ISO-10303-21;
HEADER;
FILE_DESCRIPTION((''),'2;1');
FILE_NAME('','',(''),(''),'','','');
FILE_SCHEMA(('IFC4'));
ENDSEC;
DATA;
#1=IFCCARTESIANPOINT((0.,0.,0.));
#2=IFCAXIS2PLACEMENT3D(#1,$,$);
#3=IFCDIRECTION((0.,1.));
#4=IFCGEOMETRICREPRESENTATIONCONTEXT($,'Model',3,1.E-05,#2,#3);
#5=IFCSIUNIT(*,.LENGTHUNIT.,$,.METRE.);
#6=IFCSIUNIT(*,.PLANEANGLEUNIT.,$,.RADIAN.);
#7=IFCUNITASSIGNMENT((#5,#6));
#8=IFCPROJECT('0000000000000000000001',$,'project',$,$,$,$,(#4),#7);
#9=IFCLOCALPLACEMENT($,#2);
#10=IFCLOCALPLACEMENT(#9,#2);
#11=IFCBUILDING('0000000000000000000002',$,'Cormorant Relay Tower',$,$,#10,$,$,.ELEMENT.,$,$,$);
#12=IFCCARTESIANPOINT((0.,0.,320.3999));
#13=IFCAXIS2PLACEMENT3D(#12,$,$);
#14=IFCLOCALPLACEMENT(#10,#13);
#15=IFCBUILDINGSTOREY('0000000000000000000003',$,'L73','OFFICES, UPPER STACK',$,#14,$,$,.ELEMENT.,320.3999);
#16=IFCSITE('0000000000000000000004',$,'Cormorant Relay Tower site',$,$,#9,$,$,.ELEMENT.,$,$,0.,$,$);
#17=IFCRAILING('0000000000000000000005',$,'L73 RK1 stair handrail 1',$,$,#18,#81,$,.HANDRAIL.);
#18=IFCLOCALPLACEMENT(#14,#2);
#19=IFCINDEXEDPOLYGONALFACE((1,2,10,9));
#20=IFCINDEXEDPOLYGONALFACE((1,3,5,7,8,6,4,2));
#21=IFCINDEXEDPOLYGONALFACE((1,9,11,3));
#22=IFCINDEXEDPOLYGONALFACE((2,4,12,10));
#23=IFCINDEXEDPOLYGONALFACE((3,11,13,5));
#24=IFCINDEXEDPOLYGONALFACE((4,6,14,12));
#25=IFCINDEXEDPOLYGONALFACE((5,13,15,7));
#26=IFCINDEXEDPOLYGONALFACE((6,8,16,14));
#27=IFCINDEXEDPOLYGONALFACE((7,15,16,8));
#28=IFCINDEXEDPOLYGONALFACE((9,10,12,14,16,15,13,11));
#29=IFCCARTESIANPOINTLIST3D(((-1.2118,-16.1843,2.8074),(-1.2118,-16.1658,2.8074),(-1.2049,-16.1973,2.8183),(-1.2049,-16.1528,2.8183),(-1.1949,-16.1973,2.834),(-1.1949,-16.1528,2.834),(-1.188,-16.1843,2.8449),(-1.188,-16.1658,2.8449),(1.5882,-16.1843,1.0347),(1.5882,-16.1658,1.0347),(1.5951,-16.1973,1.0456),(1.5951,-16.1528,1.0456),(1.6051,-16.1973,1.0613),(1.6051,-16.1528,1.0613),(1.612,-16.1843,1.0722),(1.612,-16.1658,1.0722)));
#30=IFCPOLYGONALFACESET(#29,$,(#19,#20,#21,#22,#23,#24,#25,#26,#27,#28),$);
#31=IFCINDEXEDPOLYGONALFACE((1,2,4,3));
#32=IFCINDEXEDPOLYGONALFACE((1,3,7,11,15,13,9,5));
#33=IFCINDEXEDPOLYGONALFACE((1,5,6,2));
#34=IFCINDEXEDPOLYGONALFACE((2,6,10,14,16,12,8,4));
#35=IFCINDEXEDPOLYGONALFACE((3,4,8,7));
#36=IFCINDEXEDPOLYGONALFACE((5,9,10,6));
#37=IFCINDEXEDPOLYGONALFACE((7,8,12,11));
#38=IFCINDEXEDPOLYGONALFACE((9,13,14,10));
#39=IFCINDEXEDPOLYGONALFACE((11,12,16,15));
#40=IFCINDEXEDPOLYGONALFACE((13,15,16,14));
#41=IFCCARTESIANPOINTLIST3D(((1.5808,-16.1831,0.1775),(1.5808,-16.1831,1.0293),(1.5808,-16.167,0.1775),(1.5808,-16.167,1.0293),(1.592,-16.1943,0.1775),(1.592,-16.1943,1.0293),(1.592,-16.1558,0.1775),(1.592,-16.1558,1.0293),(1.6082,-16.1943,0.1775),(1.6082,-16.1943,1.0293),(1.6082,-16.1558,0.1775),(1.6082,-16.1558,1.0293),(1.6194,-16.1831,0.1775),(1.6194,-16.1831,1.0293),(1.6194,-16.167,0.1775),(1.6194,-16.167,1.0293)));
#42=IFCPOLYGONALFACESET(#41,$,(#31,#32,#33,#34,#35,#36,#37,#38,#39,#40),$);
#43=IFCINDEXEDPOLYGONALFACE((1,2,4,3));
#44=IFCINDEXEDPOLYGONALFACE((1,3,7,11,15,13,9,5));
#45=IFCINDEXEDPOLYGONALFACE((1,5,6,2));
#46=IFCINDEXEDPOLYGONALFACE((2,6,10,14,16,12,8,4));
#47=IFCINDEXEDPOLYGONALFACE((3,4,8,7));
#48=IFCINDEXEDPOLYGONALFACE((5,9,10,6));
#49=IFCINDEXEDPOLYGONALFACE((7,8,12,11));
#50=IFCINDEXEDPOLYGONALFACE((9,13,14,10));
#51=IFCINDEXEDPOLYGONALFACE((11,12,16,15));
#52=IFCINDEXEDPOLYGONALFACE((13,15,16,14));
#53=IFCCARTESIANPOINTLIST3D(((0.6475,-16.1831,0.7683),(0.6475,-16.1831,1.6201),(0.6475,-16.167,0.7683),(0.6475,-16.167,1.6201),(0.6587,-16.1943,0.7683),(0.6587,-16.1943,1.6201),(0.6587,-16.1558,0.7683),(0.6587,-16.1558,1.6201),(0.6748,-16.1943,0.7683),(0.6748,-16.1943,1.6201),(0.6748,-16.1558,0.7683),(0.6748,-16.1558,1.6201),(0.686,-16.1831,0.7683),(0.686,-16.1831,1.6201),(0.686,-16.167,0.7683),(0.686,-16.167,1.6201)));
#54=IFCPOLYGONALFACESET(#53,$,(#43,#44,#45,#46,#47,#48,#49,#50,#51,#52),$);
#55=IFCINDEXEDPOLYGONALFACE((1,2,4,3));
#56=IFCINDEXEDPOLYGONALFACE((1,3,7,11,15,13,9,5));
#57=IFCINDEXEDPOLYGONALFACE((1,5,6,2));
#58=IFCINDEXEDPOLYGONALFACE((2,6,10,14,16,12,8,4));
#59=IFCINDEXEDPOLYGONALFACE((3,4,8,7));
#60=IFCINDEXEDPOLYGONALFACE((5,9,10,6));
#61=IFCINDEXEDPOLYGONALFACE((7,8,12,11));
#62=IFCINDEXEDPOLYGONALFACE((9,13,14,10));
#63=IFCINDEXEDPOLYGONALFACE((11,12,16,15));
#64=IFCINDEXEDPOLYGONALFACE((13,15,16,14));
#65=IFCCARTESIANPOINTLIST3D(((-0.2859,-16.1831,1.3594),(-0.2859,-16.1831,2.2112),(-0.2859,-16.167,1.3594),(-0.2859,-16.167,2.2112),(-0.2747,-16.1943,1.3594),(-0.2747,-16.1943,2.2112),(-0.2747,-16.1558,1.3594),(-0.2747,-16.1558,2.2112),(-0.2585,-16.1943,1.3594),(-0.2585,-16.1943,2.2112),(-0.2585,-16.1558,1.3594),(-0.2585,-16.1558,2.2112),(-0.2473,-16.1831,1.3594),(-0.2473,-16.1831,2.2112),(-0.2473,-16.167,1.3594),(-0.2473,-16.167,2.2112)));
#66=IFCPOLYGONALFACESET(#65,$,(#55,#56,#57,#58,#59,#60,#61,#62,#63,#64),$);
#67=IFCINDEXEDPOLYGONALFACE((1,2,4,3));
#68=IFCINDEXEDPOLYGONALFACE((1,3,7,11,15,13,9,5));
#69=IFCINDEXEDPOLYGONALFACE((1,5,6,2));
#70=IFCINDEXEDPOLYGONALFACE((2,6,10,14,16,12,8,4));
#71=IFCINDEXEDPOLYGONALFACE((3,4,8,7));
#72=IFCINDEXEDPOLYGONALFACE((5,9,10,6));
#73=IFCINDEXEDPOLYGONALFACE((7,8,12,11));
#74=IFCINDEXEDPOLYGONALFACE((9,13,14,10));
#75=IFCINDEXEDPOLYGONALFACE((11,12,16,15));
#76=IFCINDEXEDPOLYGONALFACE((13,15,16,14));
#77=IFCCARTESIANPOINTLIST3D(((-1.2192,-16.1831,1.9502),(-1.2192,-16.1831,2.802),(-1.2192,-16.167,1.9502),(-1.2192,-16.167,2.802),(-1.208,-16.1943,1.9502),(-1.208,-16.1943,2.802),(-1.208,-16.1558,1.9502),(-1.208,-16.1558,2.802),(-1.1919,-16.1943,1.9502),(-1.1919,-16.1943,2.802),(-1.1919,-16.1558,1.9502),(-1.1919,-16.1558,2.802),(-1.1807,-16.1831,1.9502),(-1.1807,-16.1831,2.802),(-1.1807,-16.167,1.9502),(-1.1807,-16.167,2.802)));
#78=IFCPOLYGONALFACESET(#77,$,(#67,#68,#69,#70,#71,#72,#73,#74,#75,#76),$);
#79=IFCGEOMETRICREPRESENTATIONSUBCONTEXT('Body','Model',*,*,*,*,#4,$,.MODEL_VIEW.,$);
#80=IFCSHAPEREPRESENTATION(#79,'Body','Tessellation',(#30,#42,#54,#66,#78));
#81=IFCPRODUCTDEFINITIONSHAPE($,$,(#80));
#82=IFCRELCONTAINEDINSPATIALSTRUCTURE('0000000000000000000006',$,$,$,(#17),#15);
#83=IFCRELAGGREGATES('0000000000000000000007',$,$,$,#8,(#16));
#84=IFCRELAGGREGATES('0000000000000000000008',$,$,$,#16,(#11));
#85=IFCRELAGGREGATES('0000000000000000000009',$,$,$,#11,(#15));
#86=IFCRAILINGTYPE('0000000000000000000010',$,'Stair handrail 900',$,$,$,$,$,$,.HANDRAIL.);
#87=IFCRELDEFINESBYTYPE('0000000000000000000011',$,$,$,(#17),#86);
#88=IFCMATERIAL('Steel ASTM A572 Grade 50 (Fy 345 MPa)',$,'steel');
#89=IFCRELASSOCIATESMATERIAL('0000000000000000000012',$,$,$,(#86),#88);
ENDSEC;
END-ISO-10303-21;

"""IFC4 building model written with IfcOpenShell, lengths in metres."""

from ifc_helpers import new_model, si_unit, direction, frame, origin, place, context, subcontext, project, spatial, polyline, outline, extrude, material, type_object, element, save


model = new_model("IFC4")

# Units and contexts
model_context = context("Model", 3, precision=1e-05, world=origin(), true_north=direction((0.0, 1.0)))
body_context = subcontext(model_context, "Body", "Model", "MODEL_VIEW")
ifc_project = project(units=[si_unit("LENGTHUNIT", "METRE"), si_unit("PLANEANGLEUNIT", "RADIAN")], contexts=[model_context])

# Site, building, storey
site_placement = place(None, origin())
site = spatial("IfcSite", under=ifc_project, at=site_placement, Name="Cormorant Relay Tower site", CompositionType="ELEMENT", RefElevation=0.0)
building_placement = place(site_placement, origin())
building = spatial("IfcBuilding", under=site, at=building_placement, Name="Cormorant Relay Tower", CompositionType="ELEMENT")
storey_placement = place(building_placement, frame((0.0, 0.0, 320.3999)))
storey = spatial("IfcBuildingStorey", under=building, at=storey_placement, Name="L73", Description="OFFICES, UPPER STACK", CompositionType="ELEMENT", Elevation=320.3999)

# Railing
ifc_material_1 = material(Name="Steel ASTM A572 Grade 50 (Fy 345 MPa)", Category="steel")
railing_type_1 = type_object("IfcRailingType", Name="Stair handrail 900", PredefinedType="HANDRAIL", material=ifc_material_1)
railing_1_placement = place(storey_placement, frame((1.6001, -16.175, 0.1775)))
element("IfcRailing", 1, at=railing_1_placement, inside=storey, type_object=railing_type_1, Name="L73 RK1 stair handrail 1", PredefinedType="HANDRAIL", context=body_context, shape_type="SweptSolid", body=[
    extrude(outline(polyline([(0.0222, 0.0093), (0.0093, 0.0222), (-0.0093, 0.0222), (-0.0222, 0.0093), (-0.0222, -0.0093), (-0.0093, -0.0222), (0.0093, -0.0222), (0.0222, -0.0093), (0.0222, 0.0093)])), frame((0.0, 0.0, 0.876), z_axis=(-0.844909, 0.0, 0.53491), x_axis=(0.0, -1.0, 0.0)), (0.0, 0.0, 1.0), 3.314),
    extrude(outline(polyline([(0.0193, 0.0081), (0.0081, 0.0193), (-0.0081, 0.0193), (-0.0193, 0.0081), (-0.0193, -0.0081), (-0.0081, -0.0193), (0.0081, -0.0193), (0.0193, -0.0081), (0.0193, 0.0081)])), origin(), (0.0, 0.0, 1.0), 0.8518),
    extrude(outline(polyline([(0.0193, 0.0081), (0.0081, 0.0193), (-0.0081, 0.0193), (-0.0193, 0.0081), (-0.0193, -0.0081), (-0.0081, -0.0193), (0.0081, -0.0193), (0.0193, -0.0081), (0.0193, 0.0081)])), frame((-0.9333, 0.0, 0.5908)), (0.0, 0.0, 1.0), 0.8518),
    extrude(outline(polyline([(0.0193, 0.0081), (0.0081, 0.0193), (-0.0081, 0.0193), (-0.0193, 0.0081), (-0.0193, -0.0081), (-0.0081, -0.0193), (0.0081, -0.0193), (0.0193, -0.0081), (0.0193, 0.0081)])), frame((-1.8667, 0.0, 1.1819)), (0.0, 0.0, 1.0), 0.8518),
    extrude(outline(polyline([(0.0193, 0.0081), (0.0081, 0.0193), (-0.0081, 0.0193), (-0.0193, 0.0081), (-0.0193, -0.0081), (-0.0081, -0.0193), (0.0081, -0.0193), (0.0193, -0.0081), (0.0193, 0.0081)])), frame((-2.8, 0.0, 1.7727)), (0.0, 0.0, 1.0), 0.8518),
])

save(model, "model.ifc")
